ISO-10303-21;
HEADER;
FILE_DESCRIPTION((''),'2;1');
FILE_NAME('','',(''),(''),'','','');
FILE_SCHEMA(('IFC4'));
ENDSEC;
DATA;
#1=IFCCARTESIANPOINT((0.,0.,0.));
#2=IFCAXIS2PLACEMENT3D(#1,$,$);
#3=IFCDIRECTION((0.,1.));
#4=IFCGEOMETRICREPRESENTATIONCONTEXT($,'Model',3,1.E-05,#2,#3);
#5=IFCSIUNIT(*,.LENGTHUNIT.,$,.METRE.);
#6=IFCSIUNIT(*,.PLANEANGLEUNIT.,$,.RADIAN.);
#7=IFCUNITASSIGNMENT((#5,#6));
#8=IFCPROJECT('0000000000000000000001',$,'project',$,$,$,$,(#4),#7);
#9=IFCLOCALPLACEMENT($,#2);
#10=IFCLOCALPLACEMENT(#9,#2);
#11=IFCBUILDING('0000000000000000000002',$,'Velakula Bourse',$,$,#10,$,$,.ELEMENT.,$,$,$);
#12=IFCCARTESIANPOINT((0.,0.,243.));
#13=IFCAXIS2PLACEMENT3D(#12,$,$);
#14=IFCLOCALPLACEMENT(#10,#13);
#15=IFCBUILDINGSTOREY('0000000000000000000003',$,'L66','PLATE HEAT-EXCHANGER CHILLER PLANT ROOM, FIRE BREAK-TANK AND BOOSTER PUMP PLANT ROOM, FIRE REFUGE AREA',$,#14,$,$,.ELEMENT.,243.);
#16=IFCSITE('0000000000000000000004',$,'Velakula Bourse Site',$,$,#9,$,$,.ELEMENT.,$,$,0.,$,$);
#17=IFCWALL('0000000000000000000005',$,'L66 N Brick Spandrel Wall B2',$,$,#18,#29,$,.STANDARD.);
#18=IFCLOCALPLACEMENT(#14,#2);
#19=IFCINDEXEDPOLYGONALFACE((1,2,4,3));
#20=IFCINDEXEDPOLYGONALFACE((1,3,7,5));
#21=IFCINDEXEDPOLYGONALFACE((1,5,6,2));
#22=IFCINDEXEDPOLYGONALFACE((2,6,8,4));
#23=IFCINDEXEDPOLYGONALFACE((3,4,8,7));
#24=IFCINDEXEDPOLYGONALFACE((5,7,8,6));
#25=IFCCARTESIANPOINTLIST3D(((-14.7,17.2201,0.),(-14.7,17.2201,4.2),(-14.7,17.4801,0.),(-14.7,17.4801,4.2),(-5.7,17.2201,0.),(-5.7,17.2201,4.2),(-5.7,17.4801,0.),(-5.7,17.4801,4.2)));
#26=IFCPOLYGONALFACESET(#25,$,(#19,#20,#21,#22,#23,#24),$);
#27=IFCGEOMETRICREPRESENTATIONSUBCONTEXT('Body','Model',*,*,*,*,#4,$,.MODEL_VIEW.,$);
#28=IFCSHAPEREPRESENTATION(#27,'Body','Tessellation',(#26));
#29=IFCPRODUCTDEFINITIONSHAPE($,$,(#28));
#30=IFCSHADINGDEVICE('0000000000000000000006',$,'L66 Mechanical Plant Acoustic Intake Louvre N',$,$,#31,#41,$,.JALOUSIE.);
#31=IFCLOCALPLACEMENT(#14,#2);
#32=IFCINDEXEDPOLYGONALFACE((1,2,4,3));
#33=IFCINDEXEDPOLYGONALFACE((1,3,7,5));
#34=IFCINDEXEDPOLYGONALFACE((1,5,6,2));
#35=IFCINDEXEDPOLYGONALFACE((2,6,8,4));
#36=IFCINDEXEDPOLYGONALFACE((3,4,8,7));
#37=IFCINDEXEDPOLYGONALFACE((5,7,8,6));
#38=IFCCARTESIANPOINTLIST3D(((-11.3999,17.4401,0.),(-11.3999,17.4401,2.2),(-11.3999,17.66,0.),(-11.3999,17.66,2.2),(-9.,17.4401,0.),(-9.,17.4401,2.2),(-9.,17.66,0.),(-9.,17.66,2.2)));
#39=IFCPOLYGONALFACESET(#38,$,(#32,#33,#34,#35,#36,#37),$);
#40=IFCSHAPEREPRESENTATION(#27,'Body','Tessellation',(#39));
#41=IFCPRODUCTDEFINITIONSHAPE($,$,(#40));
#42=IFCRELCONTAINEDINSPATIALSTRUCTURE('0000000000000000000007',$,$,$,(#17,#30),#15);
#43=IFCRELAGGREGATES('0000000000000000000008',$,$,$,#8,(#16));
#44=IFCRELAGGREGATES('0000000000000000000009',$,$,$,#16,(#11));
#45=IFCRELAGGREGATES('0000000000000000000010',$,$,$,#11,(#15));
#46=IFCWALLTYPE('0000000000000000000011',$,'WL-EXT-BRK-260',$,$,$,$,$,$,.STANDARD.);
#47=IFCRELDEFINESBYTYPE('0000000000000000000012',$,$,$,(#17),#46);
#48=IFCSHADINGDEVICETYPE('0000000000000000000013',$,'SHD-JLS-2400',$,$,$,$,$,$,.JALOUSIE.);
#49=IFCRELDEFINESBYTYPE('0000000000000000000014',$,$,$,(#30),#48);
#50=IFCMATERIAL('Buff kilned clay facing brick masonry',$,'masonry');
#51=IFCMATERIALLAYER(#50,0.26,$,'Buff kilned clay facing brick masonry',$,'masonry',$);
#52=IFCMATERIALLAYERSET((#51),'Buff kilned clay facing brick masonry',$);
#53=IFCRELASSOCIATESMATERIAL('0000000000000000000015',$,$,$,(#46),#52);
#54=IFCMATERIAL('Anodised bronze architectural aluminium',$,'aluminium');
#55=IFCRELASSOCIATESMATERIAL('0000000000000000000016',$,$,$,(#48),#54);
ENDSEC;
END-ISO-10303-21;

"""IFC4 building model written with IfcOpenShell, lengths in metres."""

from ifc_helpers import new_model, si_unit, direction, frame, frame_2d, origin, origin_2d, place, context, subcontext, project, spatial, rectangle, extrude, material, layer, layer_set, type_object, element, save


model = new_model("IFC4")

# Units and contexts
model_context = context("Model", 3, precision=1e-05, world=origin(), true_north=direction((0.0, 1.0)))
body_context = subcontext(model_context, "Body", "Model", "MODEL_VIEW")
ifc_project = project(units=[si_unit("LENGTHUNIT", "METRE"), si_unit("PLANEANGLEUNIT", "RADIAN")], contexts=[model_context])

# Site, building, storey
site_placement = place(None, origin())
site = spatial("IfcSite", under=ifc_project, at=site_placement, Name="Velakula Bourse Site", CompositionType="ELEMENT", RefElevation=0.0)
building_placement = place(site_placement, origin())
building = spatial("IfcBuilding", under=site, at=building_placement, Name="Velakula Bourse", CompositionType="ELEMENT")
storey_placement = place(building_placement, frame((0.0, 0.0, 243.0)))
storey = spatial("IfcBuildingStorey", under=building, at=storey_placement, Name="L66", Description="PLATE HEAT-EXCHANGER CHILLER PLANT ROOM, FIRE BREAK-TANK AND BOOSTER PUMP PLANT ROOM, FIRE REFUGE AREA", CompositionType="ELEMENT", Elevation=243.0)

# Wall
ifc_material_1 = material(Name="Buff kilned clay facing brick masonry", Category="masonry")
ifc_layer_1 = layer(ifc_material_1, 0.26, Name="Buff kilned clay facing brick masonry", Category="masonry")
ifc_layer_set_1 = layer_set([ifc_layer_1], Name="Buff kilned clay facing brick masonry")
wall_type = type_object("IfcWallType", Name="WL-EXT-BRK-260", PredefinedType="STANDARD", material=ifc_layer_set_1)
wall_placement = place(storey_placement, frame((-14.7, 17.3501, 0.0), z_axis=(0.0, 0.0, 1.0), x_axis=(1.0, 0.0, 0.0)))
element("IfcWall", 1, at=wall_placement, inside=storey, type_object=wall_type, Name="L66 N Brick Spandrel Wall B2", PredefinedType="STANDARD", context=body_context, shape_type="SweptSolid", body=[
    extrude(rectangle(XDim=9.0, YDim=0.26, at=frame_2d((4.5, 0.0))), origin(), (0.0, 0.0, 1.0), 4.2),
])

# Shading device
ifc_material_2 = material(Name="Anodised bronze architectural aluminium", Category="aluminium")
shading_device_type = type_object("IfcShadingDeviceType", Name="SHD-JLS-2400", PredefinedType="JALOUSIE", material=ifc_material_2)
shading_device_placement = place(storey_placement, frame((-10.2, 17.55, 0.0), z_axis=(0.0, 0.0, 1.0), x_axis=(1.0, 0.0, 0.0)))
element("IfcShadingDevice", 2, at=shading_device_placement, inside=storey, type_object=shading_device_type, Name="L66 Mechanical Plant Acoustic Intake Louvre N", PredefinedType="JALOUSIE", context=body_context, shape_type="SweptSolid", body=[
    extrude(rectangle(XDim=2.3999, YDim=0.22, at=origin_2d()), origin(), (0.0, 0.0, 1.0), 2.2),
])

save(model, "model.ifc")
